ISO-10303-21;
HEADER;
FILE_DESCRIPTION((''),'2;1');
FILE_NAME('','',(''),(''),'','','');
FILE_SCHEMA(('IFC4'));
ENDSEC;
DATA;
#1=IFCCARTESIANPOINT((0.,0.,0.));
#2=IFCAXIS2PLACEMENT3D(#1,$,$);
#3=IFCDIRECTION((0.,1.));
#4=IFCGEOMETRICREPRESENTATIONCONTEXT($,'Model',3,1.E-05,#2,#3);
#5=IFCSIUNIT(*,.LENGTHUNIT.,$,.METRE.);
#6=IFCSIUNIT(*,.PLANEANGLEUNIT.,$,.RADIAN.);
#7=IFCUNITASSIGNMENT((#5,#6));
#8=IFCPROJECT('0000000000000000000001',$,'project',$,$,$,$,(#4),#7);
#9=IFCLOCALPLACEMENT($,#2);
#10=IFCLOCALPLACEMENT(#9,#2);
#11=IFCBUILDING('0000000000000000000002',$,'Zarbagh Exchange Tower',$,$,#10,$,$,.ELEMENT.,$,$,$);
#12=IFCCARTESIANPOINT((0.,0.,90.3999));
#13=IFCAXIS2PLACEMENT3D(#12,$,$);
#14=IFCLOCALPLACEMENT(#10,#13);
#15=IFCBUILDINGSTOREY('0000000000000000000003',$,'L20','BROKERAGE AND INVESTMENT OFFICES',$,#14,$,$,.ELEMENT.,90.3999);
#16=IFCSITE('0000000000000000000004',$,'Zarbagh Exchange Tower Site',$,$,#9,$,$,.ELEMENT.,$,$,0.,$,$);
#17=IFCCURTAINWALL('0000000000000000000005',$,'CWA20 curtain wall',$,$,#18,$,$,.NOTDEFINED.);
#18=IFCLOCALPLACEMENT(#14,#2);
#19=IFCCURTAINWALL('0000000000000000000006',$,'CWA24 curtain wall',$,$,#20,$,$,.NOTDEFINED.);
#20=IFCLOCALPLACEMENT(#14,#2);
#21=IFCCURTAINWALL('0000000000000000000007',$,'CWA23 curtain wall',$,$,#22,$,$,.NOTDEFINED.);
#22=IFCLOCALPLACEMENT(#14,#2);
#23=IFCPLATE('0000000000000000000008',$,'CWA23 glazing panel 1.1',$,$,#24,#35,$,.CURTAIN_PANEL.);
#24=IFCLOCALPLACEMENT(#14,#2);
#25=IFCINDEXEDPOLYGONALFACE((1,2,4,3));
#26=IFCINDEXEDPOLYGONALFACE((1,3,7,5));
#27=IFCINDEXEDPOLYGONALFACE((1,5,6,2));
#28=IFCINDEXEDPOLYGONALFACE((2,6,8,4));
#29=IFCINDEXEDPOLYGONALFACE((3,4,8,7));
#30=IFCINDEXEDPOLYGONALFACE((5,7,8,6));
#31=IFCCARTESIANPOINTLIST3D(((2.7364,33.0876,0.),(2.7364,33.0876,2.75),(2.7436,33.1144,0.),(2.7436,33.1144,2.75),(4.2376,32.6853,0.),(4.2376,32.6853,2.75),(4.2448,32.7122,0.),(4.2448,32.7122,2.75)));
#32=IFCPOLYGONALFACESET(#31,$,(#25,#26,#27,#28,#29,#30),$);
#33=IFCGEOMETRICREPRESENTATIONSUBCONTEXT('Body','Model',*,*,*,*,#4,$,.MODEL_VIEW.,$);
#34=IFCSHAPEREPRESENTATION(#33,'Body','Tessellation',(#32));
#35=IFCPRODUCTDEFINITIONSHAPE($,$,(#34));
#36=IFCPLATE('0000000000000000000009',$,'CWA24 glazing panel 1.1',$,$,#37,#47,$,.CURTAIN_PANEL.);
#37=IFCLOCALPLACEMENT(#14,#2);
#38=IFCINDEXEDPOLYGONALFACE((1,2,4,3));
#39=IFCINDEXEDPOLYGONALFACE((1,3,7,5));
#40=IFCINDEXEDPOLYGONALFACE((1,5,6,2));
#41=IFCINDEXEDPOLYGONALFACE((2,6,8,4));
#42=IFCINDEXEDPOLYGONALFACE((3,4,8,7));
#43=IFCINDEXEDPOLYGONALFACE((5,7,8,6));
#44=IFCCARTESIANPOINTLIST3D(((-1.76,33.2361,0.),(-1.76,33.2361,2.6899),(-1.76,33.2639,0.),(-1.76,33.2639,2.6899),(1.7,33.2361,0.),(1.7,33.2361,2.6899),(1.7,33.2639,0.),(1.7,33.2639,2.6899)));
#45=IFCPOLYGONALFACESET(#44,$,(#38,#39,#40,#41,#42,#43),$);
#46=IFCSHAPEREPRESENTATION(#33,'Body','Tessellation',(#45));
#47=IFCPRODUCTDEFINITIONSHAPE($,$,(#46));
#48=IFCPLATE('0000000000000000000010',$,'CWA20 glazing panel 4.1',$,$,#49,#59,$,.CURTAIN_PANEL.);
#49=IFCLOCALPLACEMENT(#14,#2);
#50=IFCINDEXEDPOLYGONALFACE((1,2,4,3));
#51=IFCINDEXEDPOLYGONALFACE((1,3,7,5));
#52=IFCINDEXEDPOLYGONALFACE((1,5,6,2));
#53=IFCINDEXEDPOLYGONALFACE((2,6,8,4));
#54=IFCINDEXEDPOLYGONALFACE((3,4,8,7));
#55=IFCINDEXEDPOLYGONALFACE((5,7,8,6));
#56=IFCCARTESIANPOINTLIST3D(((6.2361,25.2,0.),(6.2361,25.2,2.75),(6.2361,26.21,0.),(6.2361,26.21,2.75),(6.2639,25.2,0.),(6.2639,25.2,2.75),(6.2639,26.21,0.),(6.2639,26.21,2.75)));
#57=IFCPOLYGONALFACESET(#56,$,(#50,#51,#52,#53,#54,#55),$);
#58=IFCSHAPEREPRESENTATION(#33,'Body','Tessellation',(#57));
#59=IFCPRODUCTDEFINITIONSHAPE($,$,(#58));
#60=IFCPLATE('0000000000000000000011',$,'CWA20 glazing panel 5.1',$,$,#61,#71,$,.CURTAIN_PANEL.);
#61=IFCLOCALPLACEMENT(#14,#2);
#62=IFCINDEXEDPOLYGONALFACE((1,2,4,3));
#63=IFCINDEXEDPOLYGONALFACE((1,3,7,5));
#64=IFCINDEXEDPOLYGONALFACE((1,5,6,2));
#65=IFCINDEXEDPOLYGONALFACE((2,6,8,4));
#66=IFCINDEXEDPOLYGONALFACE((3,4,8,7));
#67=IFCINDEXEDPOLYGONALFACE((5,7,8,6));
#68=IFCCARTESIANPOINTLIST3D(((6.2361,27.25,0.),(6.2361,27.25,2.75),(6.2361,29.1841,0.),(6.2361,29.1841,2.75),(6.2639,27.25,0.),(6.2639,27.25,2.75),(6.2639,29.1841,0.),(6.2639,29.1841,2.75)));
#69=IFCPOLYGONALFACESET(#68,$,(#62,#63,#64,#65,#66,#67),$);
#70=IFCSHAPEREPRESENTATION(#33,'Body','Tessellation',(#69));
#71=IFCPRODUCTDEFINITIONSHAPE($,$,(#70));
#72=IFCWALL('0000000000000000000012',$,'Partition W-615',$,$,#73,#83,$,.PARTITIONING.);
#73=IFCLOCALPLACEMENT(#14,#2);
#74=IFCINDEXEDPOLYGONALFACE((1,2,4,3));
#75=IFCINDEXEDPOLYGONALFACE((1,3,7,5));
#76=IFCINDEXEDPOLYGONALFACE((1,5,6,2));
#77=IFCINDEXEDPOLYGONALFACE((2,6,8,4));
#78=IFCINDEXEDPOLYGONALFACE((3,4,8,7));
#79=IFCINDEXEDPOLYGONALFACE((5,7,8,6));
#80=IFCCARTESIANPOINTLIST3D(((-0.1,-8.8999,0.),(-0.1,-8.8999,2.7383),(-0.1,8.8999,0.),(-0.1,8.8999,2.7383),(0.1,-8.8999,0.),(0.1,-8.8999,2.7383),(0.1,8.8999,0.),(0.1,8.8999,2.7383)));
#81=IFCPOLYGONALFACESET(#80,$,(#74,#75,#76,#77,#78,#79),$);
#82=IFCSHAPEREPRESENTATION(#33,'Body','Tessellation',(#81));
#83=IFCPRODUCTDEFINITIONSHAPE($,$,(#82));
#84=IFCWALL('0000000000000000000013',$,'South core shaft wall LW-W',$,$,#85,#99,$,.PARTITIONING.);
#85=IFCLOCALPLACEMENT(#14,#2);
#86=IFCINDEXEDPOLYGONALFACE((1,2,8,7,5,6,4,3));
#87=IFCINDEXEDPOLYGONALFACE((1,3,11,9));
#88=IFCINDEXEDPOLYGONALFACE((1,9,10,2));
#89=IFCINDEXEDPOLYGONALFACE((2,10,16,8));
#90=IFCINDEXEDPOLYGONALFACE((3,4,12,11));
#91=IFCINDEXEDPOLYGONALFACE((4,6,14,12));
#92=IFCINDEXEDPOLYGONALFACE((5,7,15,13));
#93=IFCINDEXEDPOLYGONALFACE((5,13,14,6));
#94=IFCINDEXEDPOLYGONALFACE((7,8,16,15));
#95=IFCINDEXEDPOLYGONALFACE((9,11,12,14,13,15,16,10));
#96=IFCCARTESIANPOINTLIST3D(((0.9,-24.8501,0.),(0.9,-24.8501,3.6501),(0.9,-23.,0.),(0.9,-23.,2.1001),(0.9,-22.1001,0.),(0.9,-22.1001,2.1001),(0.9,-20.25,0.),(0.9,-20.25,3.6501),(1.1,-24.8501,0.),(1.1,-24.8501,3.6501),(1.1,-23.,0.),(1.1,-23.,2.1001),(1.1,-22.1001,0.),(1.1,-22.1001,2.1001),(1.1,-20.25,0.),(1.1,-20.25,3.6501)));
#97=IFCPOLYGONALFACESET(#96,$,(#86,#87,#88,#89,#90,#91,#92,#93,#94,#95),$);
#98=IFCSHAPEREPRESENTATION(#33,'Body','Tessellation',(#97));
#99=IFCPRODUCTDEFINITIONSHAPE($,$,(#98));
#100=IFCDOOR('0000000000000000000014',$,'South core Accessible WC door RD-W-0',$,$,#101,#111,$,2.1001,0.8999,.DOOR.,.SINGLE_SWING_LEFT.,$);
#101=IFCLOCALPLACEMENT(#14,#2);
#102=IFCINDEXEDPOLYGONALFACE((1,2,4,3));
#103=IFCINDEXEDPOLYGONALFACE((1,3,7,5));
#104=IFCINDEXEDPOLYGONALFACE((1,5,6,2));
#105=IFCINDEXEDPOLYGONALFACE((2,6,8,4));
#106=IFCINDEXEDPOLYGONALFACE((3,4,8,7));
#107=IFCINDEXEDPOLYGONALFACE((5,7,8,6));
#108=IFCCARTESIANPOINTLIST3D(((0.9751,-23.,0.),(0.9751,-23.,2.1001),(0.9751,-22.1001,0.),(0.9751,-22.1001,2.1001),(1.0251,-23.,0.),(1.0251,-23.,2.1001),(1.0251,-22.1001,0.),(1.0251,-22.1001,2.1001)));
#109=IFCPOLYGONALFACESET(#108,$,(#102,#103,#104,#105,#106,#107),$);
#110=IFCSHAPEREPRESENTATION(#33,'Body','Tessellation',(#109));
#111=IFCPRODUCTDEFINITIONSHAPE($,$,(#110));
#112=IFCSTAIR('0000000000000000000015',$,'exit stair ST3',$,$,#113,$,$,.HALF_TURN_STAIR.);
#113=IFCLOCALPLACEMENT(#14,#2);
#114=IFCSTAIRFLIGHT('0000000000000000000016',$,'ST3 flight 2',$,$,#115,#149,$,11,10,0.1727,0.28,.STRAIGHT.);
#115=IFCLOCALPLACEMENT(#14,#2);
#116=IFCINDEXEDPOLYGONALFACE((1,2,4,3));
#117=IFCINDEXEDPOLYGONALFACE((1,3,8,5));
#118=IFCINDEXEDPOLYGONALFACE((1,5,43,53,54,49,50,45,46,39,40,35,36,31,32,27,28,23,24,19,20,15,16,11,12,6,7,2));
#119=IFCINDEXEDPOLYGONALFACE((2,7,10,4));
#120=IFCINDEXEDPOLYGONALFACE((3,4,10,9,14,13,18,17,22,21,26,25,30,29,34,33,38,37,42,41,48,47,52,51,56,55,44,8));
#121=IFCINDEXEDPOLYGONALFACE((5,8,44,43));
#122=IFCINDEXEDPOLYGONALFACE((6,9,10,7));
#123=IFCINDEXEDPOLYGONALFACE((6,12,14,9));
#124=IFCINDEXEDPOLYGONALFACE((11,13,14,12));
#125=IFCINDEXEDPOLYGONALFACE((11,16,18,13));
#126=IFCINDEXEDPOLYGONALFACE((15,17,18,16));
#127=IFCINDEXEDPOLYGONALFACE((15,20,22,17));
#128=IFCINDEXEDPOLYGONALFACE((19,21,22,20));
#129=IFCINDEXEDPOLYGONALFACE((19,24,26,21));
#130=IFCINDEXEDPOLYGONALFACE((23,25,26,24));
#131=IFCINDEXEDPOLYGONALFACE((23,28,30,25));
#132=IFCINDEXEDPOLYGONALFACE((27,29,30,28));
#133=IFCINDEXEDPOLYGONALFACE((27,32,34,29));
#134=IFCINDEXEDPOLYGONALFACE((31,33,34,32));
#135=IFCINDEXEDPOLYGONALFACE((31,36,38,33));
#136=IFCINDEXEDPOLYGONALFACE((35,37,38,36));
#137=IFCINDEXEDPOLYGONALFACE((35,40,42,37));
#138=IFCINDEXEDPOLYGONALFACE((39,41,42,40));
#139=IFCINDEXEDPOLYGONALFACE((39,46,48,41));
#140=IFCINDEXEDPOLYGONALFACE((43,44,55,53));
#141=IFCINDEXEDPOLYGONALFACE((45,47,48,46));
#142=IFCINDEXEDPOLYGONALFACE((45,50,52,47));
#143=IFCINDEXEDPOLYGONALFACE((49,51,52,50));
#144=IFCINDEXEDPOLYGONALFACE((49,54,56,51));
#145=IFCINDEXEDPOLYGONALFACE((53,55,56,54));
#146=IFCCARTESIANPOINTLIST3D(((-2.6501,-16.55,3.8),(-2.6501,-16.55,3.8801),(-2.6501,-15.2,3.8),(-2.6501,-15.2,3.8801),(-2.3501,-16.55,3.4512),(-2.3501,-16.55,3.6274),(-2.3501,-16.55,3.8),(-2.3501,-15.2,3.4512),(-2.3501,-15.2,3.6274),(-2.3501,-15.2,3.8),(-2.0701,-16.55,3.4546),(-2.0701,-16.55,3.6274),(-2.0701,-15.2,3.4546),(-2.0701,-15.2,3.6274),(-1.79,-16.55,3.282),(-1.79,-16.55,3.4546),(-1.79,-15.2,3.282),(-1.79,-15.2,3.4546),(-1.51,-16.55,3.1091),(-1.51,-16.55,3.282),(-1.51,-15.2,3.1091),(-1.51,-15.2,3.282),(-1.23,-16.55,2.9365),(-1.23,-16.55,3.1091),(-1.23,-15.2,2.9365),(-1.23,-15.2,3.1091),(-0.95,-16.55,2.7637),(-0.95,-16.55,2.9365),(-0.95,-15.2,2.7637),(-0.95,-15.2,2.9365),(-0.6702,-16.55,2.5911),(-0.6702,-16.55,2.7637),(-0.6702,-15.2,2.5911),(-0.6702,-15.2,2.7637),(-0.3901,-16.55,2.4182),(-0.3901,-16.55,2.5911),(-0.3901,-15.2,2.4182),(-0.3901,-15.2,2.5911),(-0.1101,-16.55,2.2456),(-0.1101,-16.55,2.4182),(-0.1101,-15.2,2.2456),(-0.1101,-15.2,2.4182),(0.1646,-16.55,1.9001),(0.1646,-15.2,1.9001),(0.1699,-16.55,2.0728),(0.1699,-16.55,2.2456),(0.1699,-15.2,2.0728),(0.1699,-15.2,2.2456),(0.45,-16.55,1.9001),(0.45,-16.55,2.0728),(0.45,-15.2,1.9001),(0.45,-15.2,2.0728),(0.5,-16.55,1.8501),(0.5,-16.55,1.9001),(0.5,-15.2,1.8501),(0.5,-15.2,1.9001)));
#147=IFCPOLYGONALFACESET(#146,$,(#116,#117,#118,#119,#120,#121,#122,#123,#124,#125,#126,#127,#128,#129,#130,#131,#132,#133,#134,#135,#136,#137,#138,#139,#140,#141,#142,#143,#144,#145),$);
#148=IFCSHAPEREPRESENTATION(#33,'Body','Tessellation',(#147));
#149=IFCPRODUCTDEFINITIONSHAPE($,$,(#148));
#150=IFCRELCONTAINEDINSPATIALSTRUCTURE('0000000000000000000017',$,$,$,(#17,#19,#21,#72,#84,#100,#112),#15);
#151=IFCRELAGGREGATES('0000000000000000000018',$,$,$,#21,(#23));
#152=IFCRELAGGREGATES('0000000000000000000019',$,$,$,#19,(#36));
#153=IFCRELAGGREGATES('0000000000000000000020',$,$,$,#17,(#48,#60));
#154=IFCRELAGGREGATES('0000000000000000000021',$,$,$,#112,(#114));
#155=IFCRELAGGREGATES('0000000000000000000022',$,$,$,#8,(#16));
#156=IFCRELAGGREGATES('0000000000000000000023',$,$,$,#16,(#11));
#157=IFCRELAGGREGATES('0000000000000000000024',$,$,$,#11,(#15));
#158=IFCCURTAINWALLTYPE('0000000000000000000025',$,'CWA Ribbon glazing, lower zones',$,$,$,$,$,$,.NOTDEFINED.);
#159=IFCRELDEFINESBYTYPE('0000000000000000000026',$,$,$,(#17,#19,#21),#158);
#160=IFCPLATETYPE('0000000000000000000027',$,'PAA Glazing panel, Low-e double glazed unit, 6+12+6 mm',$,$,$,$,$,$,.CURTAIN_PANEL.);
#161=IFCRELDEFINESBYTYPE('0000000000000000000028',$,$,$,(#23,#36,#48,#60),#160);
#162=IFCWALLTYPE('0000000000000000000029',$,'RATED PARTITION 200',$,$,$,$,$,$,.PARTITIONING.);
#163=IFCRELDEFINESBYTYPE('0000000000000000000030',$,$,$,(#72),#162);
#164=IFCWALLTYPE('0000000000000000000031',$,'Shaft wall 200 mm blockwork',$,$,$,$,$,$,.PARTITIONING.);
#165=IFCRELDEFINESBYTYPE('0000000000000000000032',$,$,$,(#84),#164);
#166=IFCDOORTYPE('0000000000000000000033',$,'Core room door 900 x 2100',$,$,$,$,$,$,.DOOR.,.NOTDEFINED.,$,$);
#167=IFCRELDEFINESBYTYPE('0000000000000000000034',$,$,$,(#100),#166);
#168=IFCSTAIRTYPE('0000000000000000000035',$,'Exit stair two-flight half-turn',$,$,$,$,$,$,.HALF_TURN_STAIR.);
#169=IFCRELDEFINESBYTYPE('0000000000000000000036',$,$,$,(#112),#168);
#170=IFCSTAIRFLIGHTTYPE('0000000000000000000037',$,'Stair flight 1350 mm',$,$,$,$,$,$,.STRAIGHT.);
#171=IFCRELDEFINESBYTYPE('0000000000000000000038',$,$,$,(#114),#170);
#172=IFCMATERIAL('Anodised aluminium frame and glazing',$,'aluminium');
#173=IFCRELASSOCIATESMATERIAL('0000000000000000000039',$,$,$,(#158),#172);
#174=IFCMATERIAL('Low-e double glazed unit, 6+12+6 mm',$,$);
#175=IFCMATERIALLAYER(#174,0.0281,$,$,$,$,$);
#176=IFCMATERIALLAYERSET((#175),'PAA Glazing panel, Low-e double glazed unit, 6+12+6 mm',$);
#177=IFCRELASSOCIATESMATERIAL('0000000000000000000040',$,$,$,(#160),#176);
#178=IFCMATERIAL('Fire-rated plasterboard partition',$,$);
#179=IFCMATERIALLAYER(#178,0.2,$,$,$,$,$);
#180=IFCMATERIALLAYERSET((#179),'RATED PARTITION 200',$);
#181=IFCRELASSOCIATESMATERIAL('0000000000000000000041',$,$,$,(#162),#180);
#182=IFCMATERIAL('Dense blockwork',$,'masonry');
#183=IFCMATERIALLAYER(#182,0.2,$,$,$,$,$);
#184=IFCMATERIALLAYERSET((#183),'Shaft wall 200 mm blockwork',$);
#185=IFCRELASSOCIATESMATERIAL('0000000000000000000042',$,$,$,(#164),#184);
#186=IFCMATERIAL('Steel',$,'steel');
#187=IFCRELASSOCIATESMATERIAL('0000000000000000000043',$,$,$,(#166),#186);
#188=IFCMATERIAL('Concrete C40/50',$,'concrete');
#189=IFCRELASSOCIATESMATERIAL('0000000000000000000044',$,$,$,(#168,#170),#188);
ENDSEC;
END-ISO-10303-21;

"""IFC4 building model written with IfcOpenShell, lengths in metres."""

from ifc_helpers import new_model, si_unit, direction, frame, frame_2d, origin, place, context, subcontext, project, spatial, polyline, rectangle, outline, extrude, source, transform, mapped, material, layer, layer_set, type_object, element, fill, aggregate, save


model = new_model("IFC4")

# Units and contexts
model_context = context("Model", 3, precision=1e-05, world=origin(), true_north=direction((0.0, 1.0)))
body_context = subcontext(model_context, "Body", "Model", "MODEL_VIEW")
ifc_project = project(units=[si_unit("LENGTHUNIT", "METRE"), si_unit("PLANEANGLEUNIT", "RADIAN")], contexts=[model_context])

# Site, building, storey
site_placement = place(None, origin())
site = spatial("IfcSite", under=ifc_project, at=site_placement, Name="Zarbagh Exchange Tower Site", CompositionType="ELEMENT", RefElevation=0.0)
building_placement = place(site_placement, origin())
building = spatial("IfcBuilding", under=site, at=building_placement, Name="Zarbagh Exchange Tower", CompositionType="ELEMENT")
storey_placement = place(building_placement, frame((0.0, 0.0, 90.3999)))
storey = spatial("IfcBuildingStorey", under=building, at=storey_placement, Name="L20", Description="BROKERAGE AND INVESTMENT OFFICES", CompositionType="ELEMENT", Elevation=90.3999)

# Curtain wall
ifc_material_1 = material(Name="Anodised aluminium frame and glazing", Category="aluminium")
curtain_wall_type = type_object("IfcCurtainWallType", Name="CWA Ribbon glazing, lower zones", PredefinedType="NOTDEFINED", material=ifc_material_1)
curtain_wall_1_placement = place(storey_placement, origin())
curtain_wall_1 = element("IfcCurtainWall", 1, at=curtain_wall_1_placement, inside=storey, type_object=curtain_wall_type, Name="CWA20 curtain wall", PredefinedType="NOTDEFINED")
placement = place(storey_placement, origin())

# Curtain wall
curtain_wall_2_placement = place(storey_placement, origin())
curtain_wall_2 = element("IfcCurtainWall", 2, at=curtain_wall_2_placement, inside=storey, type_object=curtain_wall_type, Name="CWA24 curtain wall", PredefinedType="NOTDEFINED")

# Shared definitions
ifc_material_2 = material(Name="Low-e double glazed unit, 6+12+6 mm")
ifc_layer_1 = layer(ifc_material_2, 0.0281)
ifc_layer_set_1 = layer_set([ifc_layer_1], Name="PAA Glazing panel, Low-e double glazed unit, 6+12+6 mm")
plate_type = type_object("IfcPlateType", Name="PAA Glazing panel, Low-e double glazed unit, 6+12+6 mm", PredefinedType="CURTAIN_PANEL", material=ifc_layer_set_1)

# Curtain wall, plate
curtain_wall_3_placement = place(storey_placement, origin())
curtain_wall_3 = element("IfcCurtainWall", 3, at=curtain_wall_3_placement, inside=storey, type_object=curtain_wall_type, Name="CWA23 curtain wall", PredefinedType="NOTDEFINED")
shared_shape_1 = source(origin(), body_context, "Body", "SweptSolid", [
    extrude(outline(polyline([(0.0, -0.0139), (1.5542, -0.0139), (1.5542, 0.0139), (0.0, 0.0139), (0.0, -0.0139)])), origin(), (0.0, 0.0, 1.0), 2.75),
])
plate_1 = element("IfcPlate", 4, at=placement, type_object=plate_type, Name="CWA23 glazing panel 1.1", PredefinedType="CURTAIN_PANEL", context=body_context, shape_type="MappedRepresentation", body=[
    mapped(shared_shape_1, transform((4.2412, 32.6987, 0.0), x_axis=(-0.965924, 0.258825, 0.0), y_axis=(-0.258825, -0.965924, 0.0), z_axis=(0.0, 0.0, 1.0))),
])
aggregate(curtain_wall_3, [plate_1])

# Plates
shared_shape_2 = source(origin(), body_context, "Body", "SweptSolid", [
    extrude(outline(polyline([(0.0, -0.0139), (3.46, -0.0139), (3.46, 0.0139), (0.0, 0.0139), (0.0, -0.0139)])), origin(), (0.0, 0.0, 1.0), 2.6899),
])
plate_2 = element("IfcPlate", 5, at=placement, type_object=plate_type, Name="CWA24 glazing panel 1.1", PredefinedType="CURTAIN_PANEL", context=body_context, shape_type="MappedRepresentation", body=[
    mapped(shared_shape_2, transform((1.7, 33.25, 0.0), x_axis=(-1.0, 0.0, 0.0), y_axis=(0.0, -1.0, 0.0), z_axis=(0.0, 0.0, 1.0))),
])
aggregate(curtain_wall_2, [plate_2])
shared_shape_3 = source(origin(), body_context, "Body", "SweptSolid", [
    extrude(outline(polyline([(0.0, -0.0139), (1.01, -0.0139), (1.01, 0.0139), (0.0, 0.0139), (0.0, -0.0139)])), origin(), (0.0, 0.0, 1.0), 2.75),
])
plate_3 = element("IfcPlate", 6, at=placement, type_object=plate_type, Name="CWA20 glazing panel 4.1", PredefinedType="CURTAIN_PANEL", context=body_context, shape_type="MappedRepresentation", body=[
    mapped(shared_shape_3, transform((6.25, 25.2, 0.0), x_axis=(0.0, 1.0, 0.0), y_axis=(-1.0, 0.0, 0.0), z_axis=(0.0, 0.0, 1.0))),
])
shared_shape_4 = source(origin(), body_context, "Body", "SweptSolid", [
    extrude(outline(polyline([(0.0, -0.0139), (1.9341, -0.0139), (1.9341, 0.0139), (0.0, 0.0139), (0.0, -0.0139)])), origin(), (0.0, 0.0, 1.0), 2.75),
])
plate_4 = element("IfcPlate", 7, at=placement, type_object=plate_type, Name="CWA20 glazing panel 5.1", PredefinedType="CURTAIN_PANEL", context=body_context, shape_type="MappedRepresentation", body=[
    mapped(shared_shape_4, transform((6.25, 27.25, 0.0), x_axis=(0.0, 1.0, 0.0), y_axis=(-1.0, 0.0, 0.0), z_axis=(0.0, 0.0, 1.0))),
])
aggregate(curtain_wall_1, [plate_3, plate_4])

# Wall
ifc_material_3 = material(Name="Fire-rated plasterboard partition")
ifc_layer_2 = layer(ifc_material_3, 0.2)
ifc_layer_set_2 = layer_set([ifc_layer_2], Name="RATED PARTITION 200")
wall_type_1 = type_object("IfcWallType", Name="RATED PARTITION 200", PredefinedType="PARTITIONING", material=ifc_layer_set_2)
wall_1_placement = place(storey_placement, frame((0.0, -8.8999, 0.0), z_axis=(0.0, 0.0, 1.0), x_axis=(0.0, 1.0, 0.0)))
element("IfcWall", 8, at=wall_1_placement, inside=storey, type_object=wall_type_1, Name="Partition W-615", PredefinedType="PARTITIONING", context=body_context, shape_type="SweptSolid", body=[
    extrude(rectangle(XDim=17.7998, YDim=0.2, at=frame_2d((8.8999, 0.0))), origin(), (0.0, 0.0, 1.0), 2.7383),
])

# Wall, opening, door
ifc_material_4 = material(Name="Dense blockwork", Category="masonry")
ifc_layer_3 = layer(ifc_material_4, 0.2)
ifc_layer_set_3 = layer_set([ifc_layer_3], Name="Shaft wall 200 mm blockwork")
wall_type_2 = type_object("IfcWallType", Name="Shaft wall 200 mm blockwork", PredefinedType="PARTITIONING", material=ifc_layer_set_3)
wall_2_placement = place(storey_placement, frame((1.0, -24.8501, 0.0), z_axis=(0.0, 0.0, 1.0), x_axis=(0.0, 1.0, 0.0)))
wall_2 = element("IfcWall", 9, at=wall_2_placement, inside=storey, type_object=wall_type_2, Name="South core shaft wall LW-W", PredefinedType="PARTITIONING", context=body_context, shape_type="SweptSolid", body=[
    extrude(rectangle(XDim=4.6001, YDim=0.2, at=frame_2d((2.3, 0.0))), origin(), (0.0, 0.0, 1.0), 3.6501),
])
opening_placement = place(wall_2_placement, frame((1.8501, 0.0, 0.0)))
opening = element("IfcOpeningElement", 10, at=opening_placement, cuts=wall_2, PredefinedType="OPENING", context=body_context, shape_type="SweptSolid", body=[
    extrude(rectangle(XDim=0.8999, YDim=2.1001, at=frame_2d((0.45, 1.05))), frame((0.0, 0.1099, 0.0), z_axis=(0.0, -1.0, 0.0), x_axis=(1.0, 0.0, 0.0)), (0.0, 0.0, 1.0), 0.22),
])
ifc_material_5 = material(Name="Steel", Category="steel")
door_type = type_object("IfcDoorType", Name="Core room door 900 x 2100", OperationType="NOTDEFINED", PredefinedType="DOOR", material=ifc_material_5)
door_placement = place(opening_placement, origin())
door = element("IfcDoor", 11, at=door_placement, inside=storey, type_object=door_type, Name="South core Accessible WC door RD-W-0", OperationType="SINGLE_SWING_LEFT", OverallHeight=2.1001, OverallWidth=0.8999, PredefinedType="DOOR", context=body_context, shape_type="SweptSolid", body=[
    extrude(rectangle(XDim=0.8999, YDim=2.1001, at=frame_2d((0.45, 1.05))), frame((0.0, 0.0249, 0.0), z_axis=(0.0, -1.0, 0.0), x_axis=(1.0, 0.0, 0.0)), (0.0, 0.0, 1.0), 0.05),
])
fill(opening, door)

# Stair, stair flight
ifc_material_6 = material(Name="Concrete C40/50", Category="concrete")
stair_type = type_object("IfcStairType", Name="Exit stair two-flight half-turn", PredefinedType="HALF_TURN_STAIR", material=ifc_material_6)
stair_1_placement = place(storey_placement, origin())
stair_1 = element("IfcStair", 12, at=stair_1_placement, inside=storey, type_object=stair_type, Name="exit stair ST3", PredefinedType="HALF_TURN_STAIR")
stair_flight_type_1 = type_object("IfcStairFlightType", Name="Stair flight 1350 mm", PredefinedType="STRAIGHT", material=ifc_material_6)
stair_flight_1_placement = place(storey_placement, frame((0.45, -15.875, 1.9001), z_axis=(0.0, 0.0, 1.0), x_axis=(-1.0, 0.0, 0.0)))
stair_flight_1 = element("IfcStairFlight", 13, at=stair_flight_1_placement, type_object=stair_flight_type_1, Name="ST3 flight 2", NumberOfRisers=11, NumberOfTreads=10, PredefinedType="STRAIGHT", RiserHeight=0.1727, TreadLength=0.28, context=body_context, shape_type="SweptSolid", body=[
    extrude(outline(polyline([(-0.05, -0.05), (-0.05, 0.0), (0.0, 0.0), (0.0, 0.1726), (0.28, 0.1726), (0.28, 0.3455), (0.5601, 0.3455), (0.5601, 0.5181), (0.8401, 0.5181), (0.8401, 0.6909), (1.1201, 0.6909), (1.1201, 0.8635), (1.3999, 0.8635), (1.3999, 1.0364), (1.6799, 1.0364), (1.6799, 1.209), (1.96, 1.209), (1.96, 1.3818), (2.24, 1.3818), (2.24, 1.5544), (2.52, 1.5544), (2.52, 1.7273), (2.8, 1.7273), (2.8, 1.8999), (3.1001, 1.98), (3.1001, 1.8999), (2.8, 1.551), (0.2854, 0.0), (-0.05, -0.05)])), frame((0.0, 0.675, 0.0), z_axis=(0.0, -1.0, 0.0), x_axis=(1.0, 0.0, 0.0)), (0.0, 0.0, 1.0), 1.3501),
])
aggregate(stair_1, [stair_flight_1])

save(model, "model.ifc")
